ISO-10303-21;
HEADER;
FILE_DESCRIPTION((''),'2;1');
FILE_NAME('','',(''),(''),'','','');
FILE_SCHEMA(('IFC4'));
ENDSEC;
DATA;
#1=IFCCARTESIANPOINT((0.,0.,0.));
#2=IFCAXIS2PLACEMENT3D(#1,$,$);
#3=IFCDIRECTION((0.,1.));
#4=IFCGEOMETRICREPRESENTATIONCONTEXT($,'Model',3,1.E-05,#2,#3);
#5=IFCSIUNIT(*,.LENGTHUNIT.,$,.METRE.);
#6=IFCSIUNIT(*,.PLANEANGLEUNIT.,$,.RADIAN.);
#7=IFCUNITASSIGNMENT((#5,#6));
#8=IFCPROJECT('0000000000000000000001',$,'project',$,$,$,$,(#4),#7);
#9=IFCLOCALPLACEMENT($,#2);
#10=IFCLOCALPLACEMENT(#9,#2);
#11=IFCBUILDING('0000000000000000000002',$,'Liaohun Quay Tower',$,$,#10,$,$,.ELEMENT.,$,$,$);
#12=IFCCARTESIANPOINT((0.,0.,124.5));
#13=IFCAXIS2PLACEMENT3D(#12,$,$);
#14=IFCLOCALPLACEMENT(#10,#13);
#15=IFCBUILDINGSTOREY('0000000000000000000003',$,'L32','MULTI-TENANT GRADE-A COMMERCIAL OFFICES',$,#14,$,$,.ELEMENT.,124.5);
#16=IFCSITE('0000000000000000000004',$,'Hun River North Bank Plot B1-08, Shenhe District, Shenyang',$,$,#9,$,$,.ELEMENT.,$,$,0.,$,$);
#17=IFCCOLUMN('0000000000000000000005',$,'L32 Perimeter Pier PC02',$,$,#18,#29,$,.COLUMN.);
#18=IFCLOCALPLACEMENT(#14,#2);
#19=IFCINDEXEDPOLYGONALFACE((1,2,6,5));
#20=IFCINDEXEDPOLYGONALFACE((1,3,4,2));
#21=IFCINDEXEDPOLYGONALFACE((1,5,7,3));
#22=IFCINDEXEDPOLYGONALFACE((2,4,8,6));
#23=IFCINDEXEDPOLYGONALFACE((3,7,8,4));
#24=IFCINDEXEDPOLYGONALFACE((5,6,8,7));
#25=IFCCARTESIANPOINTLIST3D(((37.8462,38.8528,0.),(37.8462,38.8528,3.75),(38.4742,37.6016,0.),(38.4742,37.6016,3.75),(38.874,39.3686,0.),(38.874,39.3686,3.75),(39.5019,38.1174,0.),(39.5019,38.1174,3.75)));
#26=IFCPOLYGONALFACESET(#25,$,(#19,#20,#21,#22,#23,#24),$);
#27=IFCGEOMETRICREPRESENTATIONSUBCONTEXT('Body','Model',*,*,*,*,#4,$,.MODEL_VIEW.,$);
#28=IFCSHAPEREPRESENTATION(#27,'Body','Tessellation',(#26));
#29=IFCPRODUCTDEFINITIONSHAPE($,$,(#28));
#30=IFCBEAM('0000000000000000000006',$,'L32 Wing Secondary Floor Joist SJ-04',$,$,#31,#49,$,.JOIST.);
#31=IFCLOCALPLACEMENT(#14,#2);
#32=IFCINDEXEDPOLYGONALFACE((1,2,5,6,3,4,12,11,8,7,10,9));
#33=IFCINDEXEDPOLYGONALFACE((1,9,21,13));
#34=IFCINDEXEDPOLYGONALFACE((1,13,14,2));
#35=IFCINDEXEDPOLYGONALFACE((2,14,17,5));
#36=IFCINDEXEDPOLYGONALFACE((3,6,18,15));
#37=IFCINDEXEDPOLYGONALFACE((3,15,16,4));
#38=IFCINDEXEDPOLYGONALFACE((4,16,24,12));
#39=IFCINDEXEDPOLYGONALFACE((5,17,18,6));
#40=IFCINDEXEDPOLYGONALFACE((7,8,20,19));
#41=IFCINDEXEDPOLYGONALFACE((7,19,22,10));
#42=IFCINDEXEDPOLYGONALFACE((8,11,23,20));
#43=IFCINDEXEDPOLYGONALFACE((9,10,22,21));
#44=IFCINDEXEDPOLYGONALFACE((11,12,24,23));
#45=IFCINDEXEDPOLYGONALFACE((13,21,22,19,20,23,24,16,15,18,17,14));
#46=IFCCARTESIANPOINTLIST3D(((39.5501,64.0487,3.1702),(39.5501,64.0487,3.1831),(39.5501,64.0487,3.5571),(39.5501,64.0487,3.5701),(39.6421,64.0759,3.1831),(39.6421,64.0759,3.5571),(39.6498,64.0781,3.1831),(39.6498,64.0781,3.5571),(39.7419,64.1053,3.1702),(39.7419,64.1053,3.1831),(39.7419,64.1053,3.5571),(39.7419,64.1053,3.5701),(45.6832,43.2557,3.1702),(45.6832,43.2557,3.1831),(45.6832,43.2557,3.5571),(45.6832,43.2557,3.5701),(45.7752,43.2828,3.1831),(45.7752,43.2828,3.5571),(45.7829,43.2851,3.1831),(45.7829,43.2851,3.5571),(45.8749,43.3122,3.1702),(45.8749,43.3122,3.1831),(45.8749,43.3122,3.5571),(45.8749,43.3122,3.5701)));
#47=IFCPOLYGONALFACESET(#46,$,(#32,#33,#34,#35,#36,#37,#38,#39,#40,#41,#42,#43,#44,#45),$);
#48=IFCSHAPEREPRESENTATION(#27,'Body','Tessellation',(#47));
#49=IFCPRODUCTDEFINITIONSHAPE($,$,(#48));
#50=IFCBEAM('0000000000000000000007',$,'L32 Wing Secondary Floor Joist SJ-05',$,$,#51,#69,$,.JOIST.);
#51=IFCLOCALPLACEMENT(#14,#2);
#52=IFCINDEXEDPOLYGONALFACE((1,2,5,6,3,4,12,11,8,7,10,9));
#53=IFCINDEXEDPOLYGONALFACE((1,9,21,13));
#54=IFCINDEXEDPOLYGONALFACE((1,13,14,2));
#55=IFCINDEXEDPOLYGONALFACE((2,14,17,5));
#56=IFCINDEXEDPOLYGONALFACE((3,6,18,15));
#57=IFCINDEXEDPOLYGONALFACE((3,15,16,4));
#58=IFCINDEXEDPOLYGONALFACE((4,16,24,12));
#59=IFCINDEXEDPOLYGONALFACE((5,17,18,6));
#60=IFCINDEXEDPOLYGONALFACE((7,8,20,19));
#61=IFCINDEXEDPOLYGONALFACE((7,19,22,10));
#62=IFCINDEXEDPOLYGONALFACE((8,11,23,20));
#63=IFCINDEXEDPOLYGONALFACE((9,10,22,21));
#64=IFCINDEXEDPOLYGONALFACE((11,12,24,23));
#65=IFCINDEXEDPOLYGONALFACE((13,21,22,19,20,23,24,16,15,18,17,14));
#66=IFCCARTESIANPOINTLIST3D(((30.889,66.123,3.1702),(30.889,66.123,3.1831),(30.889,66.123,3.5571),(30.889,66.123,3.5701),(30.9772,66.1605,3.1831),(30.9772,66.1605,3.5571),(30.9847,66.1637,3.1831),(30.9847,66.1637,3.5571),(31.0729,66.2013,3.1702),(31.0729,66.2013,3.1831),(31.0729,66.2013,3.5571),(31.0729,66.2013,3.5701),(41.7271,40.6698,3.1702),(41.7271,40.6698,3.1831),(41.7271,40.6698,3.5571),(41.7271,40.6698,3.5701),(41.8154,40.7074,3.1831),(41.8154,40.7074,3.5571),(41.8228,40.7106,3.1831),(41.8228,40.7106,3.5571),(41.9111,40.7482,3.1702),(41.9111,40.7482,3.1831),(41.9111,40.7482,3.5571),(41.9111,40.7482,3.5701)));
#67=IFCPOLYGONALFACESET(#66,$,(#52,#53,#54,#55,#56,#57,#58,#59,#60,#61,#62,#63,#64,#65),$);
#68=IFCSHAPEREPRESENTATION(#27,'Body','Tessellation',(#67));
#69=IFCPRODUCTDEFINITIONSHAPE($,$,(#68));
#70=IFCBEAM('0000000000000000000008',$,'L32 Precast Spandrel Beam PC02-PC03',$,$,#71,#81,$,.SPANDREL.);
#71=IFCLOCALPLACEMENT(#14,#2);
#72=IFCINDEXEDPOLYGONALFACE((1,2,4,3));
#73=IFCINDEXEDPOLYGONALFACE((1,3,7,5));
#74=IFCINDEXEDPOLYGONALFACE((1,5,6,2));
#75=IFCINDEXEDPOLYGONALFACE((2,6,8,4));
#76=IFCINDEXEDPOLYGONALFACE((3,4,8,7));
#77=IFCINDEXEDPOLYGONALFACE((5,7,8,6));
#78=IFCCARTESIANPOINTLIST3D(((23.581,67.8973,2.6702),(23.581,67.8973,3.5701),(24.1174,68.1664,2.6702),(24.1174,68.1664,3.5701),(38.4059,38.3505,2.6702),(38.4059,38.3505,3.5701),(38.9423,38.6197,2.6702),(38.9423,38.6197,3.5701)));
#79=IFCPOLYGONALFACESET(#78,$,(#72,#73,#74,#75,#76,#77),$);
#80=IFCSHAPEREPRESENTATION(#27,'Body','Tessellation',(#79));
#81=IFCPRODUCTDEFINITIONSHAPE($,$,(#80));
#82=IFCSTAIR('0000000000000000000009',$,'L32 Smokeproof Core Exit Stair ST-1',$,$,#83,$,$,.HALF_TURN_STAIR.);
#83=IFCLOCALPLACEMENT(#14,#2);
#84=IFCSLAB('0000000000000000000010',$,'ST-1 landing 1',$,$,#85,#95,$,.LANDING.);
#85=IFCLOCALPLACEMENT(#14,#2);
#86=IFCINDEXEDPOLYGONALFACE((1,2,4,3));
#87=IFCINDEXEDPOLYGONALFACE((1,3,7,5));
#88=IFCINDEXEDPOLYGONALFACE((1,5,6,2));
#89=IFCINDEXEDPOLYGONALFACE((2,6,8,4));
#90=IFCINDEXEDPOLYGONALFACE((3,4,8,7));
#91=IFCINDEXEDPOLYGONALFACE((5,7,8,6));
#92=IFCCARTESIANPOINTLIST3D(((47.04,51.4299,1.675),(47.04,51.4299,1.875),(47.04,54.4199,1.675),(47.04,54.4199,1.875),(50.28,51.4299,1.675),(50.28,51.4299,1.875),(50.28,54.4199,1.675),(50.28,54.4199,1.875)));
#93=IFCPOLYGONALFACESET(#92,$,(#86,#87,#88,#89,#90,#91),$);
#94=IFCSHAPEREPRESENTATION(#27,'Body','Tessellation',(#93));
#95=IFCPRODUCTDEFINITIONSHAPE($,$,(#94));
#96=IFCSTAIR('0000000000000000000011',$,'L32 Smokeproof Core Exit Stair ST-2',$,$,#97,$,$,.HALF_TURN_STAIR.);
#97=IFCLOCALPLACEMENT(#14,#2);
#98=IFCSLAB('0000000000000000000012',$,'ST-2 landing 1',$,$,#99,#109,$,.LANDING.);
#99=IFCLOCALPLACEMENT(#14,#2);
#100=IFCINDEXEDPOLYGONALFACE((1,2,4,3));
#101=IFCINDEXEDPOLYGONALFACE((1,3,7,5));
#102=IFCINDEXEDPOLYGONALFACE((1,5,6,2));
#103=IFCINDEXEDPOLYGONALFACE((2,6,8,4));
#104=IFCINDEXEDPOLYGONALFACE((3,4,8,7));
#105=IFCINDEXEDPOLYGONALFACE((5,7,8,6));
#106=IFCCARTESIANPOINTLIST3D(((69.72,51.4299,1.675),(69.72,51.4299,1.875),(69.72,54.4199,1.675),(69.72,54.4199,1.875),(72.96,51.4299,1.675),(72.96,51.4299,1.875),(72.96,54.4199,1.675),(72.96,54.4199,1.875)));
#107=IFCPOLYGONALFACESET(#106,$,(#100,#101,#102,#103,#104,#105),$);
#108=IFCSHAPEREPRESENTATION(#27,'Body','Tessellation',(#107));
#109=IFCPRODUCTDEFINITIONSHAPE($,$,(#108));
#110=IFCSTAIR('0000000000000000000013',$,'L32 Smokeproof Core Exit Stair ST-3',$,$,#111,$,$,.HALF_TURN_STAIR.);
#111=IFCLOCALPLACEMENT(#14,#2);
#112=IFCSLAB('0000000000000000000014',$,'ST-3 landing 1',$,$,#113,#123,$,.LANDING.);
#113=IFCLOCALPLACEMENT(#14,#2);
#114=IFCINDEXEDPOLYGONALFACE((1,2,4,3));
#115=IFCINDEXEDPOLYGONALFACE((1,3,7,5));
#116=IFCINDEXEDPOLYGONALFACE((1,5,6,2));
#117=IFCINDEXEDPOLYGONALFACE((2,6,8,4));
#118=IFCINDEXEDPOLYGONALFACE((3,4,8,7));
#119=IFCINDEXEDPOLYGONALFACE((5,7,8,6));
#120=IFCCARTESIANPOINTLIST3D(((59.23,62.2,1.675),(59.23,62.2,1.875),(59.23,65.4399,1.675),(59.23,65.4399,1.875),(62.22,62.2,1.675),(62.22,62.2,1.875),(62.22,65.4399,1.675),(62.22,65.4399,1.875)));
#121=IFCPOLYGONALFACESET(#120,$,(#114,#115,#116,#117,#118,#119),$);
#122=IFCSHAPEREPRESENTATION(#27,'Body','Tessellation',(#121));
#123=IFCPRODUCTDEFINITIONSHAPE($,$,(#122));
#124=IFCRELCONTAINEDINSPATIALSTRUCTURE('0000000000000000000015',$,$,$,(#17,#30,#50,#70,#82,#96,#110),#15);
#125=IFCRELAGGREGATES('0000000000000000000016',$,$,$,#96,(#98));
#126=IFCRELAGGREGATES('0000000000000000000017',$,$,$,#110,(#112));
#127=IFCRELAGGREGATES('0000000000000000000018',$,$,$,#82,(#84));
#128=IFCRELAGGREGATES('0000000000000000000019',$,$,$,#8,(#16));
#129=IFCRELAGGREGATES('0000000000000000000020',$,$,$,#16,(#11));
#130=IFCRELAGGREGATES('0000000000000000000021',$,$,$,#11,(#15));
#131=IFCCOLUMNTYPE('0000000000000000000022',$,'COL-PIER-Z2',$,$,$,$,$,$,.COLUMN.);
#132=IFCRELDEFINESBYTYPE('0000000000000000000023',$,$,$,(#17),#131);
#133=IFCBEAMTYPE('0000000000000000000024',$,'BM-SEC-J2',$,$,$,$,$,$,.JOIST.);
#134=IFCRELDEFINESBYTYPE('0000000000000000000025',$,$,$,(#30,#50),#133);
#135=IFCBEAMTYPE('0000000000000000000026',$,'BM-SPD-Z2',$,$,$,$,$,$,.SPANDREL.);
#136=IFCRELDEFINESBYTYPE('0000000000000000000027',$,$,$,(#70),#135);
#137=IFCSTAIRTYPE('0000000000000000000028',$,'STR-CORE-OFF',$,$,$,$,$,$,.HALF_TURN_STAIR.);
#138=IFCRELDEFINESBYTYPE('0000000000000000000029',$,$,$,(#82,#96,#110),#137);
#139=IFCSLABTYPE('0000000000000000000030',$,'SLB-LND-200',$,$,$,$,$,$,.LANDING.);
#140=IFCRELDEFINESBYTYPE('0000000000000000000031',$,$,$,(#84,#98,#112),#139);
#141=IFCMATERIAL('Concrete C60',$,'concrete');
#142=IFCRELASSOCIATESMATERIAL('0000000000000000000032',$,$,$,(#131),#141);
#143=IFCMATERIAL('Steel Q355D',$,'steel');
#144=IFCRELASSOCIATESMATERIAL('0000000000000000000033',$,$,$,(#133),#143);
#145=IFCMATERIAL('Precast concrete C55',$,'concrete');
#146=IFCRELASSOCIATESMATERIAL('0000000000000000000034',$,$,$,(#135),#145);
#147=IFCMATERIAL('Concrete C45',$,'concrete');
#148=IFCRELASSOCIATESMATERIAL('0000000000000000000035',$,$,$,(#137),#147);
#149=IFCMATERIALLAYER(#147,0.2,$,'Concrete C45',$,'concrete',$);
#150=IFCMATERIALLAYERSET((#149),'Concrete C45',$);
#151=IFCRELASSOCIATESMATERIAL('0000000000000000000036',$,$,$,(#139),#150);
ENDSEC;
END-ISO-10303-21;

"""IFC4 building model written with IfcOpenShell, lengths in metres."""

from ifc_helpers import new_model, si_unit, direction, frame, origin, origin_2d, place, context, subcontext, project, spatial, polyline, rectangle, i_section, outline, extrude, source, transform, mapped, material, layer, layer_set, material_profile, profile_set, type_object, element, aggregate, save


model = new_model("IFC4")

# Units and contexts
model_context = context("Model", 3, precision=1e-05, world=origin(), true_north=direction((0.0, 1.0)))
body_context = subcontext(model_context, "Body", "Model", "MODEL_VIEW")
ifc_project = project(units=[si_unit("LENGTHUNIT", "METRE"), si_unit("PLANEANGLEUNIT", "RADIAN")], contexts=[model_context])

# Site, building, storey
site_placement = place(None, origin())
site = spatial("IfcSite", under=ifc_project, at=site_placement, Name="Hun River North Bank Plot B1-08, Shenhe District, Shenyang", CompositionType="ELEMENT", RefElevation=0.0)
building_placement = place(site_placement, origin())
building = spatial("IfcBuilding", under=site, at=building_placement, Name="Liaohun Quay Tower", CompositionType="ELEMENT")
storey_placement = place(building_placement, frame((0.0, 0.0, 124.5)))
storey = spatial("IfcBuildingStorey", under=building, at=storey_placement, Name="L32", Description="MULTI-TENANT GRADE-A COMMERCIAL OFFICES", CompositionType="ELEMENT", Elevation=124.5)

# Column
ifc_material_1 = material(Name="Concrete C60", Category="concrete")
ifc_material_profile_1 = material_profile(ifc_material_1, rectangle(XDim=1.3999, YDim=1.1499, at=origin_2d()), Name="RC1400x1150")
ifc_profile_set_1 = profile_set([ifc_material_profile_1], Name="Concrete C60")
column_type = type_object("IfcColumnType", Name="COL-PIER-Z2", PredefinedType="COLUMN", material=ifc_profile_set_1)
shared_shape_1 = source(origin(), body_context, "Body", "SweptSolid", [
    extrude(rectangle(XDim=1.3999, YDim=1.1499, at=origin_2d()), origin(), (0.0, 0.0, 1.0), 3.75),
])
column_placement = place(storey_placement, frame((38.6741, 38.4851, 0.0), z_axis=(0.0, 0.0, 1.0), x_axis=(-0.448539, 0.893763, 0.0)))
element("IfcColumn", 1, at=column_placement, inside=storey, type_object=column_type, Name="L32 Perimeter Pier PC02", PredefinedType="COLUMN", context=body_context, shape_type="MappedRepresentation", body=[
    mapped(shared_shape_1, transform((0.0, 0.0, 0.0), x_axis=(1.0, 0.0, 0.0), y_axis=(0.0, 1.0, 0.0), z_axis=(0.0, 0.0, 1.0), scale=1.0)),
])

# Beams
ifc_material_2 = material(Name="Steel Q355D", Category="steel")
ifc_material_profile_2 = material_profile(ifc_material_2, i_section(OverallWidth=0.2, OverallDepth=0.3999, WebThickness=0.0081, FlangeThickness=0.0129, at=origin_2d()), Name="HN400x200x8x13")
ifc_profile_set_2 = profile_set([ifc_material_profile_2], Name="Steel Q355D")
beam_type_1 = type_object("IfcBeamType", Name="BM-SEC-J2", PredefinedType="JOIST", material=ifc_profile_set_2)
shared_shape_2 = source(origin(), body_context, "Body", "SweptSolid", [
    extrude(i_section(OverallWidth=0.2, OverallDepth=0.3999, WebThickness=0.0081, FlangeThickness=0.0129, at=origin_2d()), origin(), (0.0, 0.0, 1.0), 21.6787),
])
beam_1_placement = place(storey_placement, frame((45.7791, 43.2839, 3.3701), z_axis=(-0.282908, 0.959147, 0.0), x_axis=(-0.959147, -0.282908, 0.0)))
element("IfcBeam", 2, at=beam_1_placement, inside=storey, type_object=beam_type_1, Name="L32 Wing Secondary Floor Joist SJ-04", PredefinedType="JOIST", context=body_context, shape_type="MappedRepresentation", body=[
    mapped(shared_shape_2, transform((0.0, 0.0, 0.0), x_axis=(1.0, 0.0, 0.0), y_axis=(0.0, 1.0, 0.0), z_axis=(0.0, 0.0, 1.0), scale=1.0)),
])
shared_shape_3 = source(origin(), body_context, "Body", "SweptSolid", [
    extrude(i_section(OverallWidth=0.2, OverallDepth=0.3999, WebThickness=0.0081, FlangeThickness=0.0129, at=origin_2d()), origin(), (0.0, 0.0, 1.0), 27.6646),
])
beam_2_placement = place(storey_placement, frame((41.8191, 40.709, 3.3701), z_axis=(-0.39177, 0.920063, 0.0), x_axis=(-0.920063, -0.39177, 0.0)))
element("IfcBeam", 3, at=beam_2_placement, inside=storey, type_object=beam_type_1, Name="L32 Wing Secondary Floor Joist SJ-05", PredefinedType="JOIST", context=body_context, shape_type="MappedRepresentation", body=[
    mapped(shared_shape_3, transform((0.0, 0.0, 0.0), x_axis=(1.0, 0.0, 0.0), y_axis=(0.0, 1.0, 0.0), z_axis=(0.0, 0.0, 1.0), scale=1.0)),
])
ifc_material_3 = material(Name="Precast concrete C55", Category="concrete")
ifc_material_profile_3 = material_profile(ifc_material_3, rectangle(XDim=0.6001, YDim=0.8999, at=origin_2d()), Name="RC600x900")
ifc_profile_set_3 = profile_set([ifc_material_profile_3], Name="Precast concrete C55")
beam_type_2 = type_object("IfcBeamType", Name="BM-SPD-Z2", PredefinedType="SPANDREL", material=ifc_profile_set_3)
shared_shape_4 = source(origin(), body_context, "Body", "SweptSolid", [
    extrude(rectangle(XDim=0.6001, YDim=0.8999, at=origin_2d()), origin(), (0.0, 0.0, 1.0), 33.0574),
])
beam_3_placement = place(storey_placement, frame((38.6741, 38.4851, 3.1201), z_axis=(-0.44846, 0.893803, 0.0), x_axis=(-0.893803, -0.44846, 0.0)))
element("IfcBeam", 4, at=beam_3_placement, inside=storey, type_object=beam_type_2, Name="L32 Precast Spandrel Beam PC02-PC03", PredefinedType="SPANDREL", context=body_context, shape_type="MappedRepresentation", body=[
    mapped(shared_shape_4, transform((0.0, 0.0, 0.0), x_axis=(1.0, 0.0, 0.0), y_axis=(0.0, 1.0, 0.0), z_axis=(0.0, 0.0, 1.0), scale=1.0)),
])

# Stairs, slabs
ifc_material_4 = material(Name="Concrete C45", Category="concrete")
stair_type = type_object("IfcStairType", Name="STR-CORE-OFF", PredefinedType="HALF_TURN_STAIR", material=ifc_material_4)
stair_1_placement = place(storey_placement, origin())
stair_1 = element("IfcStair", 5, at=stair_1_placement, inside=storey, type_object=stair_type, Name="L32 Smokeproof Core Exit Stair ST-1", PredefinedType="HALF_TURN_STAIR")
ifc_layer_1 = layer(ifc_material_4, 0.2, Name="Concrete C45", Category="concrete")
ifc_layer_set_1 = layer_set([ifc_layer_1], Name="Concrete C45")
slab_type_1 = type_object("IfcSlabType", Name="SLB-LND-200", PredefinedType="LANDING", material=ifc_layer_set_1)
slab_1_placement = place(storey_placement, frame((0.0, 0.0, 1.675)))
slab_1 = element("IfcSlab", 6, at=slab_1_placement, type_object=slab_type_1, Name="ST-1 landing 1", PredefinedType="LANDING", context=body_context, shape_type="SweptSolid", body=[
    extrude(outline(polyline([(50.28, 51.4299), (50.28, 54.4199), (47.04, 54.4199), (47.04, 51.4299), (50.28, 51.4299)])), origin(), (0.0, 0.0, 1.0), 0.2),
])
stair_2_placement = place(storey_placement, origin())
stair_2 = element("IfcStair", 7, at=stair_2_placement, inside=storey, type_object=stair_type, Name="L32 Smokeproof Core Exit Stair ST-2", PredefinedType="HALF_TURN_STAIR")
slab_2_placement = place(storey_placement, frame((0.0, 0.0, 1.675)))
slab_2 = element("IfcSlab", 8, at=slab_2_placement, type_object=slab_type_1, Name="ST-2 landing 1", PredefinedType="LANDING", context=body_context, shape_type="SweptSolid", body=[
    extrude(outline(polyline([(72.96, 51.4299), (72.96, 54.4199), (69.72, 54.4199), (69.72, 51.4299), (72.96, 51.4299)])), origin(), (0.0, 0.0, 1.0), 0.2),
])
aggregate(stair_2, [slab_2])
stair_3_placement = place(storey_placement, origin())
stair_3 = element("IfcStair", 9, at=stair_3_placement, inside=storey, type_object=stair_type, Name="L32 Smokeproof Core Exit Stair ST-3", PredefinedType="HALF_TURN_STAIR")
slab_3_placement = place(storey_placement, frame((0.0, 0.0, 1.675)))
slab_3 = element("IfcSlab", 10, at=slab_3_placement, type_object=slab_type_1, Name="ST-3 landing 1", PredefinedType="LANDING", context=body_context, shape_type="SweptSolid", body=[
    extrude(outline(polyline([(59.23, 62.2), (62.22, 62.2), (62.22, 65.4399), (59.23, 65.4399), (59.23, 62.2)])), origin(), (0.0, 0.0, 1.0), 0.2),
])
aggregate(stair_3, [slab_3])

aggregate(stair_1, [slab_1])

save(model, "model.ifc")
